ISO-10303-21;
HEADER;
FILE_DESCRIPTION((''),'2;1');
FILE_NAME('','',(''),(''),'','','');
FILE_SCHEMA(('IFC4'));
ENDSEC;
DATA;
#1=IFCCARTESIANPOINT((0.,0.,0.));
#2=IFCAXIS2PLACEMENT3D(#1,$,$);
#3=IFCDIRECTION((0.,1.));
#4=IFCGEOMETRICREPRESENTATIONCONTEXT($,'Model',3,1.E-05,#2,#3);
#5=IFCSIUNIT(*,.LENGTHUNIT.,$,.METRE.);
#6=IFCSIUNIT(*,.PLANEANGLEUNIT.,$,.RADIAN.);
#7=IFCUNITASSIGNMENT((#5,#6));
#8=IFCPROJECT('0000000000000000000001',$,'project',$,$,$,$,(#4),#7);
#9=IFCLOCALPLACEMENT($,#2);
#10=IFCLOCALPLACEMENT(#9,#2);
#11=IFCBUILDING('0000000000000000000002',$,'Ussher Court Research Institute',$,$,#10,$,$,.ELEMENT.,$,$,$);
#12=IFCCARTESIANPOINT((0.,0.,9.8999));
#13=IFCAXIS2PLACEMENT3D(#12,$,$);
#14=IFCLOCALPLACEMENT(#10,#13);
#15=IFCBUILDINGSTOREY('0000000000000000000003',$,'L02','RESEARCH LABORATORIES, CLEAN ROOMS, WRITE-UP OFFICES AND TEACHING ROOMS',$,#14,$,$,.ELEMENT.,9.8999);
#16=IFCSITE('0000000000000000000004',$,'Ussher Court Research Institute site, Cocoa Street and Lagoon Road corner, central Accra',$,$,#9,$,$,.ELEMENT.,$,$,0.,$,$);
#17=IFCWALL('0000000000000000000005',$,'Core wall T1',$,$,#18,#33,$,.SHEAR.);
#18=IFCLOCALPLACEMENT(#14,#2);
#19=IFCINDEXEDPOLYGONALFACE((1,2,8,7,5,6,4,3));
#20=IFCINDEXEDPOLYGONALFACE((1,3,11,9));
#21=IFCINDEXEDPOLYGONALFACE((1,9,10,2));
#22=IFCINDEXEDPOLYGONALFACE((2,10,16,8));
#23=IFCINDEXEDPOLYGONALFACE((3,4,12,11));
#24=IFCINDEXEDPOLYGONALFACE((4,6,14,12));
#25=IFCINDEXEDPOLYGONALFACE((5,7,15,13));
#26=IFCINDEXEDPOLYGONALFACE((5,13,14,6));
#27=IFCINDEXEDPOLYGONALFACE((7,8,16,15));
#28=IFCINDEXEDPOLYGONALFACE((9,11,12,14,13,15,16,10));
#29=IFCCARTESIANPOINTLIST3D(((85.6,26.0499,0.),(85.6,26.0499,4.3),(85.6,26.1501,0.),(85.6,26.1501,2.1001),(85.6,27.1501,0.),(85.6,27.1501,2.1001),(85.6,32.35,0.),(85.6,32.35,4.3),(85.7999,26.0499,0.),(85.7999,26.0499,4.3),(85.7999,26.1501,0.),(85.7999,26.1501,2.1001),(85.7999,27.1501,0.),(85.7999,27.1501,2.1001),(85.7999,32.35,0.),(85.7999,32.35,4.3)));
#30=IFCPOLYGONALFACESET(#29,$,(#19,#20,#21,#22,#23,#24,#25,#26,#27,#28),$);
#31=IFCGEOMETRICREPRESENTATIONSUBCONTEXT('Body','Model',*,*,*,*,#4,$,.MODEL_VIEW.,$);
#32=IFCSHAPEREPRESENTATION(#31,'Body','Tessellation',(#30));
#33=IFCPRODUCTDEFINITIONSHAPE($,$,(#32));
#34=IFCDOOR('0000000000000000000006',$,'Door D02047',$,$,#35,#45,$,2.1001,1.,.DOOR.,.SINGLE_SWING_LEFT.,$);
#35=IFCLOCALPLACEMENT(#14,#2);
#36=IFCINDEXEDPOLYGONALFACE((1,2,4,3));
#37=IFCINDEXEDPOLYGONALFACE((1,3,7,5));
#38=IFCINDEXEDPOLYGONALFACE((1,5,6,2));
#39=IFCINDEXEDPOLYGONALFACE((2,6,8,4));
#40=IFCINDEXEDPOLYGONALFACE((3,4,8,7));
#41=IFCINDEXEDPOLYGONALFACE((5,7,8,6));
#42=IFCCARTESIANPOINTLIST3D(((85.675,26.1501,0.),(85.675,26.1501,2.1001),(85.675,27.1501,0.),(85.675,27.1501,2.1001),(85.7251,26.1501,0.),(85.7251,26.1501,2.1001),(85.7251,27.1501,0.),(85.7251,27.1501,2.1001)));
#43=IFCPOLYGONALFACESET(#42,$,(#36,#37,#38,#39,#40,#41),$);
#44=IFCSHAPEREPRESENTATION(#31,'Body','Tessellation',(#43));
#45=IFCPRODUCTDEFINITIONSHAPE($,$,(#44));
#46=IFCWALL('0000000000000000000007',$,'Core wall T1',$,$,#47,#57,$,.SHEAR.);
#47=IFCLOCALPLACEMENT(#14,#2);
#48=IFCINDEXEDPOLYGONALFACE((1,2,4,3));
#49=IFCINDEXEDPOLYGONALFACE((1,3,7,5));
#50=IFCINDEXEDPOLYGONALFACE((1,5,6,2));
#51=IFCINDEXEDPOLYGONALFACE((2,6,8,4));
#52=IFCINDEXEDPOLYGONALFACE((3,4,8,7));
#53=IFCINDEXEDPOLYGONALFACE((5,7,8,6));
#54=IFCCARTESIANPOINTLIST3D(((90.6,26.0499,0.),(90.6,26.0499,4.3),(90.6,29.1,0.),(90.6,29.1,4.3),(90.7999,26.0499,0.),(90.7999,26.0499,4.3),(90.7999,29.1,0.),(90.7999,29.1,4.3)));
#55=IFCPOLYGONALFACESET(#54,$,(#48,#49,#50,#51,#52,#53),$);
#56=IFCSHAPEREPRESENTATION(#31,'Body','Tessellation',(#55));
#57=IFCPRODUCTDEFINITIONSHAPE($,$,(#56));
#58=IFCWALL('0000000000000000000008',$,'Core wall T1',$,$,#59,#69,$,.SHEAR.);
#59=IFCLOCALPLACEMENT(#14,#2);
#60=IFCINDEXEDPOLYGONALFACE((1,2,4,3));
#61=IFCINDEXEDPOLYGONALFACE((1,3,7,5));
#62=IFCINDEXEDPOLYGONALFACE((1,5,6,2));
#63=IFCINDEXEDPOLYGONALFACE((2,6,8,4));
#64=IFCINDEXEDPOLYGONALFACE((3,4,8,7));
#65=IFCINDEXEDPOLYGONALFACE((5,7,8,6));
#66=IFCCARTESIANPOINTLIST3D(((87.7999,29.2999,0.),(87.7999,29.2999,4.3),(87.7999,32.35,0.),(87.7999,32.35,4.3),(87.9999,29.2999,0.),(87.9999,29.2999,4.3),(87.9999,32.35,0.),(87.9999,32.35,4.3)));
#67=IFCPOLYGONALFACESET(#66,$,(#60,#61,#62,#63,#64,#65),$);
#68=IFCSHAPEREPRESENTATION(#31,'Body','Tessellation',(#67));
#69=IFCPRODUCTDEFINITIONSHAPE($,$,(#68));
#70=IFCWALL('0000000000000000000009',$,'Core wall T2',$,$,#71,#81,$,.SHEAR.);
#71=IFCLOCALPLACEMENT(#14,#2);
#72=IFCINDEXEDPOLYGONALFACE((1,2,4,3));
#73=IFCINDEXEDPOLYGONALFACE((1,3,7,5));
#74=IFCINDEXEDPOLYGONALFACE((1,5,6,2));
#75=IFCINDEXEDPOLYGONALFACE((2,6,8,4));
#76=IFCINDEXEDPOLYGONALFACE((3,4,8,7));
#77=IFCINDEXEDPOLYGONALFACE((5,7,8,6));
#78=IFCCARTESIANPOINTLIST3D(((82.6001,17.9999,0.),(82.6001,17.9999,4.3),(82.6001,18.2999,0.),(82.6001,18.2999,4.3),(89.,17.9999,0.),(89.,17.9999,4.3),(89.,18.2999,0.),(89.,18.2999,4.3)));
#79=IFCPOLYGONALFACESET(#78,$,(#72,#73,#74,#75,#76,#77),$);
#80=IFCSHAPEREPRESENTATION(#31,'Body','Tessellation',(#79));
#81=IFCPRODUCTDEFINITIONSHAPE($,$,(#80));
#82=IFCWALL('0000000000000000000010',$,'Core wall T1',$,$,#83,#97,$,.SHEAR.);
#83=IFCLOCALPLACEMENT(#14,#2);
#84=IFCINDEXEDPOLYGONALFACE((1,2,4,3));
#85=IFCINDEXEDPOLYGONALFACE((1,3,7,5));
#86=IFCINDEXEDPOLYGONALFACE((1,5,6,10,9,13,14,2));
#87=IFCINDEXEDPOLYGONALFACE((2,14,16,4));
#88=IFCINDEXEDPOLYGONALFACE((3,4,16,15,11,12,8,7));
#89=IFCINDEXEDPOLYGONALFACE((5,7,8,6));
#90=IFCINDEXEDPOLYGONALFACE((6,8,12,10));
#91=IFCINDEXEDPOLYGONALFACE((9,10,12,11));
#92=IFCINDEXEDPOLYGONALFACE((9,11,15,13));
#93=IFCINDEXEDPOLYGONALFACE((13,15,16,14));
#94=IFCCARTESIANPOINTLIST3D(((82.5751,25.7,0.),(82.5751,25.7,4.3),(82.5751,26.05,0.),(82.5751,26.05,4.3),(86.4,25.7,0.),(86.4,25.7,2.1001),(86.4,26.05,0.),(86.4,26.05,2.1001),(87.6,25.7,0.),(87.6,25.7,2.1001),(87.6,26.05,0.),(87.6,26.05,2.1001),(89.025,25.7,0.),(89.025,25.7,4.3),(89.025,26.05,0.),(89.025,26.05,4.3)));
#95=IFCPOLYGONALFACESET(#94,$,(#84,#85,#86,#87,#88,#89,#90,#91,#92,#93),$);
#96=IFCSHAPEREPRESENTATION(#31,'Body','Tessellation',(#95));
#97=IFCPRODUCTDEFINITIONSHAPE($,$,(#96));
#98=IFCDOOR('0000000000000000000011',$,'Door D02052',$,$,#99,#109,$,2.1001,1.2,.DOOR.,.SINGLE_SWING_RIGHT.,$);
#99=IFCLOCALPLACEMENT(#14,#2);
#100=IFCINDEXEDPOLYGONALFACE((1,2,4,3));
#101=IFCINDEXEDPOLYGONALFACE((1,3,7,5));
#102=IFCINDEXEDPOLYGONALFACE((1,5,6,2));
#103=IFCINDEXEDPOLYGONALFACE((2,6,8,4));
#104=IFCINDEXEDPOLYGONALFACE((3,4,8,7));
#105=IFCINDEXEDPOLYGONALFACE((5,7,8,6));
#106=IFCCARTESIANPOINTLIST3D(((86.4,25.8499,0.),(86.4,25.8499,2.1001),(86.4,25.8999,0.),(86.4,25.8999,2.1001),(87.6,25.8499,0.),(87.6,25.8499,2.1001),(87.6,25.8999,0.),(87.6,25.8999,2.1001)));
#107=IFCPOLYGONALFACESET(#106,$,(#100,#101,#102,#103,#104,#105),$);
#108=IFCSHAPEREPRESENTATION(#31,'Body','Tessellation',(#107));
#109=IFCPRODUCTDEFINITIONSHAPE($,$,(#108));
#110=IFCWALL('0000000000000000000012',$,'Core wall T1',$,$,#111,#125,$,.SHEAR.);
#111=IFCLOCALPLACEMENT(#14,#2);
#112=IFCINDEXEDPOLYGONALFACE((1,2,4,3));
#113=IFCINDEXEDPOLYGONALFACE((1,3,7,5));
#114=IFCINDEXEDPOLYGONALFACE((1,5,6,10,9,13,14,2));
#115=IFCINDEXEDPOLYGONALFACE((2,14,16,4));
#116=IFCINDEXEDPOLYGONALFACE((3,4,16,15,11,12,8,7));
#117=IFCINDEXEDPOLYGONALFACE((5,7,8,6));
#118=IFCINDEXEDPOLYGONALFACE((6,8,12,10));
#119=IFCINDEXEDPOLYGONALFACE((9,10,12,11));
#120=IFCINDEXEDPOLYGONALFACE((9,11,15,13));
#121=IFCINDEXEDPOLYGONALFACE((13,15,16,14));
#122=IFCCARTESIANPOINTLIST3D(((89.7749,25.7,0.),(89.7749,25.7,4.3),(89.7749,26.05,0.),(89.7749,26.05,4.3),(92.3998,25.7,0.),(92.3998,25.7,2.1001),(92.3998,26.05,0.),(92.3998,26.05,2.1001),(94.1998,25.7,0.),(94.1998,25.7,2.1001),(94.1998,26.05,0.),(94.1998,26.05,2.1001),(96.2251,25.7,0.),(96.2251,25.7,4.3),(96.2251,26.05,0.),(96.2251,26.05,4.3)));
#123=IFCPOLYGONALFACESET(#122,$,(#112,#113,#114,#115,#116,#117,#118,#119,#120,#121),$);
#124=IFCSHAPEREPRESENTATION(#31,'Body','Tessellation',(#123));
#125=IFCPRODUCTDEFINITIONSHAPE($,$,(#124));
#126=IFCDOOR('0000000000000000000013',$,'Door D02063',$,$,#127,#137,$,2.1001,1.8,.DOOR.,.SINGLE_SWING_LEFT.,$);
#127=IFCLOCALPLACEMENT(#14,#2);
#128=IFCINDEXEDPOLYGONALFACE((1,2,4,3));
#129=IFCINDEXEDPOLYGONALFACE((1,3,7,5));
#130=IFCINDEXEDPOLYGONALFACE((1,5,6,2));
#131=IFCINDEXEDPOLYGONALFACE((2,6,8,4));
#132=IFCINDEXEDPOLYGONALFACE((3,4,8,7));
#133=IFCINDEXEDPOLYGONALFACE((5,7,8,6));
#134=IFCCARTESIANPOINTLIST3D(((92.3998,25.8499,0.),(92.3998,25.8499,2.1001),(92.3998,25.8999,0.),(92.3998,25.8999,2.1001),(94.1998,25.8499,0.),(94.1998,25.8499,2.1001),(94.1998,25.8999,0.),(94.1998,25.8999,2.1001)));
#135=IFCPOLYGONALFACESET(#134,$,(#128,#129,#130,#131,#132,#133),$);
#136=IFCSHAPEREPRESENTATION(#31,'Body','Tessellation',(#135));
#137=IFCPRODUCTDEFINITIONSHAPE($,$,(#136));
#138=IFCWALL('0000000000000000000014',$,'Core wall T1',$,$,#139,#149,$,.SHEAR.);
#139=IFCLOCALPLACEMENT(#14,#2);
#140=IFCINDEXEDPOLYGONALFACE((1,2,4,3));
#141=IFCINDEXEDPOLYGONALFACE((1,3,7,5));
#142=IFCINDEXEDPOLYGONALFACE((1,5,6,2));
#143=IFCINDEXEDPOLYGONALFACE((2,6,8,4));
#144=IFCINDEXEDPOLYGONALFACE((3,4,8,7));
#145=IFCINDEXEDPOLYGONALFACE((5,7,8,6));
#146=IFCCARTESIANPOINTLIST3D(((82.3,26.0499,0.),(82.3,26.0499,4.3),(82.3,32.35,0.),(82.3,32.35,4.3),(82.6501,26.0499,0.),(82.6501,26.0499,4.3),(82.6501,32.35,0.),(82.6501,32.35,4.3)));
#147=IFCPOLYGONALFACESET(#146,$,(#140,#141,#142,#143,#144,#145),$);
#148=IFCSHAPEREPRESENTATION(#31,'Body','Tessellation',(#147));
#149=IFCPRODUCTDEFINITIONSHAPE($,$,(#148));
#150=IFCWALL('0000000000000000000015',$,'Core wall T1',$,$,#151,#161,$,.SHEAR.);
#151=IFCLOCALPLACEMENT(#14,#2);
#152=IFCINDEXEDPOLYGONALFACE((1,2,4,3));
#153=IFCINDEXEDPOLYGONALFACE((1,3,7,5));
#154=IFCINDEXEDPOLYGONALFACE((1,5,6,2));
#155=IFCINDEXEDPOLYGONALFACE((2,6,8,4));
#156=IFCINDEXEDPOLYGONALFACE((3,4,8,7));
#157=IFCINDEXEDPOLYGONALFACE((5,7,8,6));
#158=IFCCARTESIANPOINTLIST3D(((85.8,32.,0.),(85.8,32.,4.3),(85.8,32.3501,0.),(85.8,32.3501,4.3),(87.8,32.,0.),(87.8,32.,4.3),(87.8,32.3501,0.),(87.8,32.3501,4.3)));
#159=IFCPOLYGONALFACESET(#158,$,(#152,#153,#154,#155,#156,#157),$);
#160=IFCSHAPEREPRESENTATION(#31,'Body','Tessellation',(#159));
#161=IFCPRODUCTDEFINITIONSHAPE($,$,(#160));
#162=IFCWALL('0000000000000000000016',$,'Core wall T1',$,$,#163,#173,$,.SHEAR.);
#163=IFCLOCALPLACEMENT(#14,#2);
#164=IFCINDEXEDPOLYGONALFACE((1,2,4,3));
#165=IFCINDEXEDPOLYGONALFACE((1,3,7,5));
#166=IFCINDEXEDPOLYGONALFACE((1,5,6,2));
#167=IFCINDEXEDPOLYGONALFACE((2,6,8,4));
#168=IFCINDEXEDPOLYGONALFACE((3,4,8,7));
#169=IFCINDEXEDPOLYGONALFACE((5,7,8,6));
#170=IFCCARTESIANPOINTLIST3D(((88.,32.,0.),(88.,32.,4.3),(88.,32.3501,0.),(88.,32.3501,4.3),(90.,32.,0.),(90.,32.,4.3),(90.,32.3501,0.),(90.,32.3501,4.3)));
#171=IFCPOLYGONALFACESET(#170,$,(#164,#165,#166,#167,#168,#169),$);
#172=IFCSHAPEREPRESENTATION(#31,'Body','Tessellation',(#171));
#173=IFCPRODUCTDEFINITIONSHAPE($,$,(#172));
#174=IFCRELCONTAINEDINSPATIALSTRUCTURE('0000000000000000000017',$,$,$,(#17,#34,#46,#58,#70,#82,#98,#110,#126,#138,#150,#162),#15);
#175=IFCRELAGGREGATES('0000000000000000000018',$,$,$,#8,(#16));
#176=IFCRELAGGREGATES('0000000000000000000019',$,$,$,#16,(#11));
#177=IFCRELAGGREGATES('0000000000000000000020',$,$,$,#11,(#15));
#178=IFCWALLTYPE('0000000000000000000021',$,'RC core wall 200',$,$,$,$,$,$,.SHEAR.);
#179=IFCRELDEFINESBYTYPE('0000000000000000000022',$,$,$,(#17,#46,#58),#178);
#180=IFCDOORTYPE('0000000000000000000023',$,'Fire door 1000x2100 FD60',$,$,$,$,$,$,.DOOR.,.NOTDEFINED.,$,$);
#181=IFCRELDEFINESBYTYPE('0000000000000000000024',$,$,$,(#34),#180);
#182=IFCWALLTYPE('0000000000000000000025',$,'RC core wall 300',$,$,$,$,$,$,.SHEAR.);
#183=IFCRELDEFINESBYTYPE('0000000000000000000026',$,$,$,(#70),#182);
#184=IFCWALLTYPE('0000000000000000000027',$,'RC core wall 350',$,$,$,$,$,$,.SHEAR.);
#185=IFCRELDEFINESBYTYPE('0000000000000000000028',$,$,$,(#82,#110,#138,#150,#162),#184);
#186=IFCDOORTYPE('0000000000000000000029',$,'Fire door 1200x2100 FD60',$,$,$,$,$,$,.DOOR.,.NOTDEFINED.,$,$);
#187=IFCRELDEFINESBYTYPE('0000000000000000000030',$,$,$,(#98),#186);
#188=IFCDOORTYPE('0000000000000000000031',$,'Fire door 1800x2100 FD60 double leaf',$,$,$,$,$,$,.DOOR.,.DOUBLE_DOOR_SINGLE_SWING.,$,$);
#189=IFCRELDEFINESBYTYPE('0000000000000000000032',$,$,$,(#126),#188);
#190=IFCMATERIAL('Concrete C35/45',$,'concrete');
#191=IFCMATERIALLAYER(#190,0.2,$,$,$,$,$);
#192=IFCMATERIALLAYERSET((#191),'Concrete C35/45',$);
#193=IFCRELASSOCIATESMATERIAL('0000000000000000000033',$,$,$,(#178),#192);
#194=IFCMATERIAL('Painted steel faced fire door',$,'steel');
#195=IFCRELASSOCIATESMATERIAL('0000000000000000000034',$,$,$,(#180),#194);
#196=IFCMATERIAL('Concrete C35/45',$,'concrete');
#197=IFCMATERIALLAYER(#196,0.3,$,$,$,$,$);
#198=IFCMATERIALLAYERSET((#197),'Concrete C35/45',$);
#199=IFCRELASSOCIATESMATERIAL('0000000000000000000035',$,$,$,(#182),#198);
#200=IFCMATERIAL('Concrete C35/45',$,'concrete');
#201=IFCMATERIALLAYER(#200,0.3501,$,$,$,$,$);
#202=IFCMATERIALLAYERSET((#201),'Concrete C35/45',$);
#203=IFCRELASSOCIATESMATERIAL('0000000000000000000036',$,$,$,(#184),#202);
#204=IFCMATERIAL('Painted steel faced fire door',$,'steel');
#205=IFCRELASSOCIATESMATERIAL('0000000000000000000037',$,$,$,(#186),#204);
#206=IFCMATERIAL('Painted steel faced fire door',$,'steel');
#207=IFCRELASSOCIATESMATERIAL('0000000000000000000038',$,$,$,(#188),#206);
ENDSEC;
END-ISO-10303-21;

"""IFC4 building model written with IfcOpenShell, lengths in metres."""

from ifc_helpers import new_model, si_unit, direction, frame, frame_2d, origin, place, context, subcontext, project, spatial, rectangle, extrude, material, layer, layer_set, type_object, element, fill, save


model = new_model("IFC4")

# Units and contexts
model_context = context("Model", 3, precision=1e-05, world=origin(), true_north=direction((0.0, 1.0)))
body_context = subcontext(model_context, "Body", "Model", "MODEL_VIEW")
ifc_project = project(units=[si_unit("LENGTHUNIT", "METRE"), si_unit("PLANEANGLEUNIT", "RADIAN")], contexts=[model_context])

# Site, building, storey
site_placement = place(None, origin())
site = spatial("IfcSite", under=ifc_project, at=site_placement, Name="Ussher Court Research Institute site, Cocoa Street and Lagoon Road corner, central Accra", CompositionType="ELEMENT", RefElevation=0.0)
building_placement = place(site_placement, origin())
building = spatial("IfcBuilding", under=site, at=building_placement, Name="Ussher Court Research Institute", CompositionType="ELEMENT")
storey_placement = place(building_placement, frame((0.0, 0.0, 9.8999)))
storey = spatial("IfcBuildingStorey", under=building, at=storey_placement, Name="L02", Description="RESEARCH LABORATORIES, CLEAN ROOMS, WRITE-UP OFFICES AND TEACHING ROOMS", CompositionType="ELEMENT", Elevation=9.8999)

# Wall, opening, door
ifc_material_1 = material(Name="Concrete C35/45", Category="concrete")
ifc_layer_1 = layer(ifc_material_1, 0.2)
ifc_layer_set_1 = layer_set([ifc_layer_1], Name="Concrete C35/45")
wall_type_1 = type_object("IfcWallType", Name="RC core wall 200", PredefinedType="SHEAR", material=ifc_layer_set_1)
wall_1_placement = place(storey_placement, frame((85.7, 26.05, 0.0), z_axis=(0.0, 0.0, 1.0), x_axis=(0.0, 1.0, 0.0)))
wall_1 = element("IfcWall", 1, at=wall_1_placement, inside=storey, type_object=wall_type_1, Name="Core wall T1", PredefinedType="SHEAR", context=body_context, shape_type="SweptSolid", body=[
    extrude(rectangle(XDim=6.3, YDim=0.2, at=frame_2d((3.1499, 0.0))), origin(), (0.0, 0.0, 1.0), 4.3),
])
opening_1_placement = place(wall_1_placement, frame((0.1001, 0.0, 0.0)))
opening_1 = element("IfcOpeningElement", 2, at=opening_1_placement, cuts=wall_1, PredefinedType="OPENING", context=body_context, shape_type="SweptSolid", body=[
    extrude(rectangle(XDim=1.0, YDim=2.1001, at=frame_2d((0.5, 1.05))), frame((0.0, 0.1099, 0.0), z_axis=(0.0, -1.0, 0.0), x_axis=(1.0, 0.0, 0.0)), (0.0, 0.0, 1.0), 0.22),
])
ifc_material_2 = material(Name="Painted steel faced fire door", Category="steel")
door_type_1 = type_object("IfcDoorType", Name="Fire door 1000x2100 FD60", OperationType="NOTDEFINED", PredefinedType="DOOR", material=ifc_material_2)
door_1_placement = place(opening_1_placement, origin())
door_1 = element("IfcDoor", 3, at=door_1_placement, inside=storey, type_object=door_type_1, Name="Door D02047", OperationType="SINGLE_SWING_LEFT", OverallHeight=2.1001, OverallWidth=1.0, PredefinedType="DOOR", context=body_context, shape_type="SweptSolid", body=[
    extrude(rectangle(XDim=1.0, YDim=2.1001, at=frame_2d((0.5, 1.05))), frame((0.0, 0.0249, 0.0), z_axis=(0.0, -1.0, 0.0), x_axis=(1.0, 0.0, 0.0)), (0.0, 0.0, 1.0), 0.05),
])
fill(opening_1, door_1)

# Walls
for number, where, z_axis, x_axis, name in (
    (4, (90.7, 26.05, 0.0), (0.0, 0.0, 1.0), (0.0, 1.0, 0.0), "Core wall T1"),
    (5, (87.8999, 29.3, 0.0), (0.0, 0.0, 1.0), (0.0, 1.0, 0.0), "Core wall T1"),
):
    element("IfcWall", number, at=place(storey_placement, frame(where, z_axis=z_axis, x_axis=x_axis)), inside=storey, type_object=wall_type_1, Name=name, PredefinedType="SHEAR", context=body_context, shape_type="SweptSolid", body=[
        extrude(rectangle(XDim=3.05, YDim=0.2, at=frame_2d((1.5249, 0.0))), origin(), (0.0, 0.0, 1.0), 4.3),
    ])
ifc_material_3 = material(Name="Concrete C35/45", Category="concrete")
ifc_layer_2 = layer(ifc_material_3, 0.3)
ifc_layer_set_2 = layer_set([ifc_layer_2], Name="Concrete C35/45")
wall_type_2 = type_object("IfcWallType", Name="RC core wall 300", PredefinedType="SHEAR", material=ifc_layer_set_2)
wall_2_placement = place(storey_placement, frame((82.6001, 18.1499, 0.0), z_axis=(0.0, 0.0, 1.0), x_axis=(1.0, 0.0, 0.0)))
element("IfcWall", 6, at=wall_2_placement, inside=storey, type_object=wall_type_2, Name="Core wall T2", PredefinedType="SHEAR", context=body_context, shape_type="SweptSolid", body=[
    extrude(rectangle(XDim=6.3999, YDim=0.3, at=frame_2d((3.2, 0.0))), origin(), (0.0, 0.0, 1.0), 4.3),
])

# Walls, openings, doors
ifc_material_4 = material(Name="Concrete C35/45", Category="concrete")
ifc_layer_3 = layer(ifc_material_4, 0.3501)
ifc_layer_set_3 = layer_set([ifc_layer_3], Name="Concrete C35/45")
wall_type_3 = type_object("IfcWallType", Name="RC core wall 350", PredefinedType="SHEAR", material=ifc_layer_set_3)
wall_3_placement = place(storey_placement, frame((82.575, 25.875, 0.0), z_axis=(0.0, 0.0, 1.0), x_axis=(1.0, 0.0, 0.0)))
wall_3 = element("IfcWall", 7, at=wall_3_placement, inside=storey, type_object=wall_type_3, Name="Core wall T1", PredefinedType="SHEAR", context=body_context, shape_type="SweptSolid", body=[
    extrude(rectangle(XDim=6.45, YDim=0.3501, at=frame_2d((3.2251, 0.0))), origin(), (0.0, 0.0, 1.0), 4.3),
])
opening_2_placement = place(wall_3_placement, frame((3.825, 0.0, 0.0)))
opening_2 = element("IfcOpeningElement", 8, at=opening_2_placement, cuts=wall_3, PredefinedType="OPENING", context=body_context, shape_type="SweptSolid", body=[
    extrude(rectangle(XDim=1.2, YDim=2.1001, at=frame_2d((0.6001, 1.05))), frame((0.0, 0.1851, 0.0), z_axis=(0.0, -1.0, 0.0), x_axis=(1.0, 0.0, 0.0)), (0.0, 0.0, 1.0), 0.3701),
])
ifc_material_5 = material(Name="Painted steel faced fire door", Category="steel")
door_type_2 = type_object("IfcDoorType", Name="Fire door 1200x2100 FD60", OperationType="NOTDEFINED", PredefinedType="DOOR", material=ifc_material_5)
door_2_placement = place(opening_2_placement, origin())
door_2 = element("IfcDoor", 9, at=door_2_placement, inside=storey, type_object=door_type_2, Name="Door D02052", OperationType="SINGLE_SWING_RIGHT", OverallHeight=2.1001, OverallWidth=1.2, PredefinedType="DOOR", context=body_context, shape_type="SweptSolid", body=[
    extrude(rectangle(XDim=1.2, YDim=2.1001, at=frame_2d((0.6001, 1.05))), frame((0.0, 0.0249, 0.0), z_axis=(0.0, -1.0, 0.0), x_axis=(1.0, 0.0, 0.0)), (0.0, 0.0, 1.0), 0.05),
])
fill(opening_2, door_2)
wall_4_placement = place(storey_placement, frame((89.7749, 25.875, 0.0), z_axis=(0.0, 0.0, 1.0), x_axis=(1.0, 0.0, 0.0)))
wall_4 = element("IfcWall", 10, at=wall_4_placement, inside=storey, type_object=wall_type_3, Name="Core wall T1", PredefinedType="SHEAR", context=body_context, shape_type="SweptSolid", body=[
    extrude(rectangle(XDim=6.4502, YDim=0.3501, at=frame_2d((3.2251, 0.0))), origin(), (0.0, 0.0, 1.0), 4.3),
])
opening_3_placement = place(wall_4_placement, frame((2.625, 0.0, 0.0)))
opening_3 = element("IfcOpeningElement", 11, at=opening_3_placement, cuts=wall_4, PredefinedType="OPENING", context=body_context, shape_type="SweptSolid", body=[
    extrude(rectangle(XDim=1.8, YDim=2.1001, at=frame_2d((0.8999, 1.05))), frame((0.0, 0.1851, 0.0), z_axis=(0.0, -1.0, 0.0), x_axis=(1.0, 0.0, 0.0)), (0.0, 0.0, 1.0), 0.3701),
])
ifc_material_6 = material(Name="Painted steel faced fire door", Category="steel")
door_type_3 = type_object("IfcDoorType", Name="Fire door 1800x2100 FD60 double leaf", OperationType="DOUBLE_DOOR_SINGLE_SWING", PredefinedType="DOOR", material=ifc_material_6)
door_3_placement = place(opening_3_placement, origin())
door_3 = element("IfcDoor", 12, at=door_3_placement, inside=storey, type_object=door_type_3, Name="Door D02063", OperationType="SINGLE_SWING_LEFT", OverallHeight=2.1001, OverallWidth=1.8, PredefinedType="DOOR", context=body_context, shape_type="SweptSolid", body=[
    extrude(rectangle(XDim=1.8, YDim=2.1001, at=frame_2d((0.8999, 1.05))), frame((0.0, 0.0249, 0.0), z_axis=(0.0, -1.0, 0.0), x_axis=(1.0, 0.0, 0.0)), (0.0, 0.0, 1.0), 0.05),
])
fill(opening_3, door_3)

# Walls
wall_5_placement = place(storey_placement, frame((82.4751, 26.05, 0.0), z_axis=(0.0, 0.0, 1.0), x_axis=(0.0, 1.0, 0.0)))
element("IfcWall", 13, at=wall_5_placement, inside=storey, type_object=wall_type_3, Name="Core wall T1", PredefinedType="SHEAR", context=body_context, shape_type="SweptSolid", body=[
    extrude(rectangle(XDim=6.3, YDim=0.3501, at=frame_2d((3.1499, 0.0))), origin(), (0.0, 0.0, 1.0), 4.3),
])
for number, where, z_axis, x_axis, name in (
    (14, (85.8, 32.175, 0.0), (0.0, 0.0, 1.0), (1.0, 0.0, 0.0), "Core wall T1"),
    (15, (88.0, 32.175, 0.0), (0.0, 0.0, 1.0), (1.0, 0.0, 0.0), "Core wall T1"),
):
    element("IfcWall", number, at=place(storey_placement, frame(where, z_axis=z_axis, x_axis=x_axis)), inside=storey, type_object=wall_type_3, Name=name, PredefinedType="SHEAR", context=body_context, shape_type="SweptSolid", body=[
        extrude(rectangle(XDim=2.0, YDim=0.3501, at=frame_2d((1.0, 0.0))), origin(), (0.0, 0.0, 1.0), 4.3),
    ])

save(model, "model.ifc")
